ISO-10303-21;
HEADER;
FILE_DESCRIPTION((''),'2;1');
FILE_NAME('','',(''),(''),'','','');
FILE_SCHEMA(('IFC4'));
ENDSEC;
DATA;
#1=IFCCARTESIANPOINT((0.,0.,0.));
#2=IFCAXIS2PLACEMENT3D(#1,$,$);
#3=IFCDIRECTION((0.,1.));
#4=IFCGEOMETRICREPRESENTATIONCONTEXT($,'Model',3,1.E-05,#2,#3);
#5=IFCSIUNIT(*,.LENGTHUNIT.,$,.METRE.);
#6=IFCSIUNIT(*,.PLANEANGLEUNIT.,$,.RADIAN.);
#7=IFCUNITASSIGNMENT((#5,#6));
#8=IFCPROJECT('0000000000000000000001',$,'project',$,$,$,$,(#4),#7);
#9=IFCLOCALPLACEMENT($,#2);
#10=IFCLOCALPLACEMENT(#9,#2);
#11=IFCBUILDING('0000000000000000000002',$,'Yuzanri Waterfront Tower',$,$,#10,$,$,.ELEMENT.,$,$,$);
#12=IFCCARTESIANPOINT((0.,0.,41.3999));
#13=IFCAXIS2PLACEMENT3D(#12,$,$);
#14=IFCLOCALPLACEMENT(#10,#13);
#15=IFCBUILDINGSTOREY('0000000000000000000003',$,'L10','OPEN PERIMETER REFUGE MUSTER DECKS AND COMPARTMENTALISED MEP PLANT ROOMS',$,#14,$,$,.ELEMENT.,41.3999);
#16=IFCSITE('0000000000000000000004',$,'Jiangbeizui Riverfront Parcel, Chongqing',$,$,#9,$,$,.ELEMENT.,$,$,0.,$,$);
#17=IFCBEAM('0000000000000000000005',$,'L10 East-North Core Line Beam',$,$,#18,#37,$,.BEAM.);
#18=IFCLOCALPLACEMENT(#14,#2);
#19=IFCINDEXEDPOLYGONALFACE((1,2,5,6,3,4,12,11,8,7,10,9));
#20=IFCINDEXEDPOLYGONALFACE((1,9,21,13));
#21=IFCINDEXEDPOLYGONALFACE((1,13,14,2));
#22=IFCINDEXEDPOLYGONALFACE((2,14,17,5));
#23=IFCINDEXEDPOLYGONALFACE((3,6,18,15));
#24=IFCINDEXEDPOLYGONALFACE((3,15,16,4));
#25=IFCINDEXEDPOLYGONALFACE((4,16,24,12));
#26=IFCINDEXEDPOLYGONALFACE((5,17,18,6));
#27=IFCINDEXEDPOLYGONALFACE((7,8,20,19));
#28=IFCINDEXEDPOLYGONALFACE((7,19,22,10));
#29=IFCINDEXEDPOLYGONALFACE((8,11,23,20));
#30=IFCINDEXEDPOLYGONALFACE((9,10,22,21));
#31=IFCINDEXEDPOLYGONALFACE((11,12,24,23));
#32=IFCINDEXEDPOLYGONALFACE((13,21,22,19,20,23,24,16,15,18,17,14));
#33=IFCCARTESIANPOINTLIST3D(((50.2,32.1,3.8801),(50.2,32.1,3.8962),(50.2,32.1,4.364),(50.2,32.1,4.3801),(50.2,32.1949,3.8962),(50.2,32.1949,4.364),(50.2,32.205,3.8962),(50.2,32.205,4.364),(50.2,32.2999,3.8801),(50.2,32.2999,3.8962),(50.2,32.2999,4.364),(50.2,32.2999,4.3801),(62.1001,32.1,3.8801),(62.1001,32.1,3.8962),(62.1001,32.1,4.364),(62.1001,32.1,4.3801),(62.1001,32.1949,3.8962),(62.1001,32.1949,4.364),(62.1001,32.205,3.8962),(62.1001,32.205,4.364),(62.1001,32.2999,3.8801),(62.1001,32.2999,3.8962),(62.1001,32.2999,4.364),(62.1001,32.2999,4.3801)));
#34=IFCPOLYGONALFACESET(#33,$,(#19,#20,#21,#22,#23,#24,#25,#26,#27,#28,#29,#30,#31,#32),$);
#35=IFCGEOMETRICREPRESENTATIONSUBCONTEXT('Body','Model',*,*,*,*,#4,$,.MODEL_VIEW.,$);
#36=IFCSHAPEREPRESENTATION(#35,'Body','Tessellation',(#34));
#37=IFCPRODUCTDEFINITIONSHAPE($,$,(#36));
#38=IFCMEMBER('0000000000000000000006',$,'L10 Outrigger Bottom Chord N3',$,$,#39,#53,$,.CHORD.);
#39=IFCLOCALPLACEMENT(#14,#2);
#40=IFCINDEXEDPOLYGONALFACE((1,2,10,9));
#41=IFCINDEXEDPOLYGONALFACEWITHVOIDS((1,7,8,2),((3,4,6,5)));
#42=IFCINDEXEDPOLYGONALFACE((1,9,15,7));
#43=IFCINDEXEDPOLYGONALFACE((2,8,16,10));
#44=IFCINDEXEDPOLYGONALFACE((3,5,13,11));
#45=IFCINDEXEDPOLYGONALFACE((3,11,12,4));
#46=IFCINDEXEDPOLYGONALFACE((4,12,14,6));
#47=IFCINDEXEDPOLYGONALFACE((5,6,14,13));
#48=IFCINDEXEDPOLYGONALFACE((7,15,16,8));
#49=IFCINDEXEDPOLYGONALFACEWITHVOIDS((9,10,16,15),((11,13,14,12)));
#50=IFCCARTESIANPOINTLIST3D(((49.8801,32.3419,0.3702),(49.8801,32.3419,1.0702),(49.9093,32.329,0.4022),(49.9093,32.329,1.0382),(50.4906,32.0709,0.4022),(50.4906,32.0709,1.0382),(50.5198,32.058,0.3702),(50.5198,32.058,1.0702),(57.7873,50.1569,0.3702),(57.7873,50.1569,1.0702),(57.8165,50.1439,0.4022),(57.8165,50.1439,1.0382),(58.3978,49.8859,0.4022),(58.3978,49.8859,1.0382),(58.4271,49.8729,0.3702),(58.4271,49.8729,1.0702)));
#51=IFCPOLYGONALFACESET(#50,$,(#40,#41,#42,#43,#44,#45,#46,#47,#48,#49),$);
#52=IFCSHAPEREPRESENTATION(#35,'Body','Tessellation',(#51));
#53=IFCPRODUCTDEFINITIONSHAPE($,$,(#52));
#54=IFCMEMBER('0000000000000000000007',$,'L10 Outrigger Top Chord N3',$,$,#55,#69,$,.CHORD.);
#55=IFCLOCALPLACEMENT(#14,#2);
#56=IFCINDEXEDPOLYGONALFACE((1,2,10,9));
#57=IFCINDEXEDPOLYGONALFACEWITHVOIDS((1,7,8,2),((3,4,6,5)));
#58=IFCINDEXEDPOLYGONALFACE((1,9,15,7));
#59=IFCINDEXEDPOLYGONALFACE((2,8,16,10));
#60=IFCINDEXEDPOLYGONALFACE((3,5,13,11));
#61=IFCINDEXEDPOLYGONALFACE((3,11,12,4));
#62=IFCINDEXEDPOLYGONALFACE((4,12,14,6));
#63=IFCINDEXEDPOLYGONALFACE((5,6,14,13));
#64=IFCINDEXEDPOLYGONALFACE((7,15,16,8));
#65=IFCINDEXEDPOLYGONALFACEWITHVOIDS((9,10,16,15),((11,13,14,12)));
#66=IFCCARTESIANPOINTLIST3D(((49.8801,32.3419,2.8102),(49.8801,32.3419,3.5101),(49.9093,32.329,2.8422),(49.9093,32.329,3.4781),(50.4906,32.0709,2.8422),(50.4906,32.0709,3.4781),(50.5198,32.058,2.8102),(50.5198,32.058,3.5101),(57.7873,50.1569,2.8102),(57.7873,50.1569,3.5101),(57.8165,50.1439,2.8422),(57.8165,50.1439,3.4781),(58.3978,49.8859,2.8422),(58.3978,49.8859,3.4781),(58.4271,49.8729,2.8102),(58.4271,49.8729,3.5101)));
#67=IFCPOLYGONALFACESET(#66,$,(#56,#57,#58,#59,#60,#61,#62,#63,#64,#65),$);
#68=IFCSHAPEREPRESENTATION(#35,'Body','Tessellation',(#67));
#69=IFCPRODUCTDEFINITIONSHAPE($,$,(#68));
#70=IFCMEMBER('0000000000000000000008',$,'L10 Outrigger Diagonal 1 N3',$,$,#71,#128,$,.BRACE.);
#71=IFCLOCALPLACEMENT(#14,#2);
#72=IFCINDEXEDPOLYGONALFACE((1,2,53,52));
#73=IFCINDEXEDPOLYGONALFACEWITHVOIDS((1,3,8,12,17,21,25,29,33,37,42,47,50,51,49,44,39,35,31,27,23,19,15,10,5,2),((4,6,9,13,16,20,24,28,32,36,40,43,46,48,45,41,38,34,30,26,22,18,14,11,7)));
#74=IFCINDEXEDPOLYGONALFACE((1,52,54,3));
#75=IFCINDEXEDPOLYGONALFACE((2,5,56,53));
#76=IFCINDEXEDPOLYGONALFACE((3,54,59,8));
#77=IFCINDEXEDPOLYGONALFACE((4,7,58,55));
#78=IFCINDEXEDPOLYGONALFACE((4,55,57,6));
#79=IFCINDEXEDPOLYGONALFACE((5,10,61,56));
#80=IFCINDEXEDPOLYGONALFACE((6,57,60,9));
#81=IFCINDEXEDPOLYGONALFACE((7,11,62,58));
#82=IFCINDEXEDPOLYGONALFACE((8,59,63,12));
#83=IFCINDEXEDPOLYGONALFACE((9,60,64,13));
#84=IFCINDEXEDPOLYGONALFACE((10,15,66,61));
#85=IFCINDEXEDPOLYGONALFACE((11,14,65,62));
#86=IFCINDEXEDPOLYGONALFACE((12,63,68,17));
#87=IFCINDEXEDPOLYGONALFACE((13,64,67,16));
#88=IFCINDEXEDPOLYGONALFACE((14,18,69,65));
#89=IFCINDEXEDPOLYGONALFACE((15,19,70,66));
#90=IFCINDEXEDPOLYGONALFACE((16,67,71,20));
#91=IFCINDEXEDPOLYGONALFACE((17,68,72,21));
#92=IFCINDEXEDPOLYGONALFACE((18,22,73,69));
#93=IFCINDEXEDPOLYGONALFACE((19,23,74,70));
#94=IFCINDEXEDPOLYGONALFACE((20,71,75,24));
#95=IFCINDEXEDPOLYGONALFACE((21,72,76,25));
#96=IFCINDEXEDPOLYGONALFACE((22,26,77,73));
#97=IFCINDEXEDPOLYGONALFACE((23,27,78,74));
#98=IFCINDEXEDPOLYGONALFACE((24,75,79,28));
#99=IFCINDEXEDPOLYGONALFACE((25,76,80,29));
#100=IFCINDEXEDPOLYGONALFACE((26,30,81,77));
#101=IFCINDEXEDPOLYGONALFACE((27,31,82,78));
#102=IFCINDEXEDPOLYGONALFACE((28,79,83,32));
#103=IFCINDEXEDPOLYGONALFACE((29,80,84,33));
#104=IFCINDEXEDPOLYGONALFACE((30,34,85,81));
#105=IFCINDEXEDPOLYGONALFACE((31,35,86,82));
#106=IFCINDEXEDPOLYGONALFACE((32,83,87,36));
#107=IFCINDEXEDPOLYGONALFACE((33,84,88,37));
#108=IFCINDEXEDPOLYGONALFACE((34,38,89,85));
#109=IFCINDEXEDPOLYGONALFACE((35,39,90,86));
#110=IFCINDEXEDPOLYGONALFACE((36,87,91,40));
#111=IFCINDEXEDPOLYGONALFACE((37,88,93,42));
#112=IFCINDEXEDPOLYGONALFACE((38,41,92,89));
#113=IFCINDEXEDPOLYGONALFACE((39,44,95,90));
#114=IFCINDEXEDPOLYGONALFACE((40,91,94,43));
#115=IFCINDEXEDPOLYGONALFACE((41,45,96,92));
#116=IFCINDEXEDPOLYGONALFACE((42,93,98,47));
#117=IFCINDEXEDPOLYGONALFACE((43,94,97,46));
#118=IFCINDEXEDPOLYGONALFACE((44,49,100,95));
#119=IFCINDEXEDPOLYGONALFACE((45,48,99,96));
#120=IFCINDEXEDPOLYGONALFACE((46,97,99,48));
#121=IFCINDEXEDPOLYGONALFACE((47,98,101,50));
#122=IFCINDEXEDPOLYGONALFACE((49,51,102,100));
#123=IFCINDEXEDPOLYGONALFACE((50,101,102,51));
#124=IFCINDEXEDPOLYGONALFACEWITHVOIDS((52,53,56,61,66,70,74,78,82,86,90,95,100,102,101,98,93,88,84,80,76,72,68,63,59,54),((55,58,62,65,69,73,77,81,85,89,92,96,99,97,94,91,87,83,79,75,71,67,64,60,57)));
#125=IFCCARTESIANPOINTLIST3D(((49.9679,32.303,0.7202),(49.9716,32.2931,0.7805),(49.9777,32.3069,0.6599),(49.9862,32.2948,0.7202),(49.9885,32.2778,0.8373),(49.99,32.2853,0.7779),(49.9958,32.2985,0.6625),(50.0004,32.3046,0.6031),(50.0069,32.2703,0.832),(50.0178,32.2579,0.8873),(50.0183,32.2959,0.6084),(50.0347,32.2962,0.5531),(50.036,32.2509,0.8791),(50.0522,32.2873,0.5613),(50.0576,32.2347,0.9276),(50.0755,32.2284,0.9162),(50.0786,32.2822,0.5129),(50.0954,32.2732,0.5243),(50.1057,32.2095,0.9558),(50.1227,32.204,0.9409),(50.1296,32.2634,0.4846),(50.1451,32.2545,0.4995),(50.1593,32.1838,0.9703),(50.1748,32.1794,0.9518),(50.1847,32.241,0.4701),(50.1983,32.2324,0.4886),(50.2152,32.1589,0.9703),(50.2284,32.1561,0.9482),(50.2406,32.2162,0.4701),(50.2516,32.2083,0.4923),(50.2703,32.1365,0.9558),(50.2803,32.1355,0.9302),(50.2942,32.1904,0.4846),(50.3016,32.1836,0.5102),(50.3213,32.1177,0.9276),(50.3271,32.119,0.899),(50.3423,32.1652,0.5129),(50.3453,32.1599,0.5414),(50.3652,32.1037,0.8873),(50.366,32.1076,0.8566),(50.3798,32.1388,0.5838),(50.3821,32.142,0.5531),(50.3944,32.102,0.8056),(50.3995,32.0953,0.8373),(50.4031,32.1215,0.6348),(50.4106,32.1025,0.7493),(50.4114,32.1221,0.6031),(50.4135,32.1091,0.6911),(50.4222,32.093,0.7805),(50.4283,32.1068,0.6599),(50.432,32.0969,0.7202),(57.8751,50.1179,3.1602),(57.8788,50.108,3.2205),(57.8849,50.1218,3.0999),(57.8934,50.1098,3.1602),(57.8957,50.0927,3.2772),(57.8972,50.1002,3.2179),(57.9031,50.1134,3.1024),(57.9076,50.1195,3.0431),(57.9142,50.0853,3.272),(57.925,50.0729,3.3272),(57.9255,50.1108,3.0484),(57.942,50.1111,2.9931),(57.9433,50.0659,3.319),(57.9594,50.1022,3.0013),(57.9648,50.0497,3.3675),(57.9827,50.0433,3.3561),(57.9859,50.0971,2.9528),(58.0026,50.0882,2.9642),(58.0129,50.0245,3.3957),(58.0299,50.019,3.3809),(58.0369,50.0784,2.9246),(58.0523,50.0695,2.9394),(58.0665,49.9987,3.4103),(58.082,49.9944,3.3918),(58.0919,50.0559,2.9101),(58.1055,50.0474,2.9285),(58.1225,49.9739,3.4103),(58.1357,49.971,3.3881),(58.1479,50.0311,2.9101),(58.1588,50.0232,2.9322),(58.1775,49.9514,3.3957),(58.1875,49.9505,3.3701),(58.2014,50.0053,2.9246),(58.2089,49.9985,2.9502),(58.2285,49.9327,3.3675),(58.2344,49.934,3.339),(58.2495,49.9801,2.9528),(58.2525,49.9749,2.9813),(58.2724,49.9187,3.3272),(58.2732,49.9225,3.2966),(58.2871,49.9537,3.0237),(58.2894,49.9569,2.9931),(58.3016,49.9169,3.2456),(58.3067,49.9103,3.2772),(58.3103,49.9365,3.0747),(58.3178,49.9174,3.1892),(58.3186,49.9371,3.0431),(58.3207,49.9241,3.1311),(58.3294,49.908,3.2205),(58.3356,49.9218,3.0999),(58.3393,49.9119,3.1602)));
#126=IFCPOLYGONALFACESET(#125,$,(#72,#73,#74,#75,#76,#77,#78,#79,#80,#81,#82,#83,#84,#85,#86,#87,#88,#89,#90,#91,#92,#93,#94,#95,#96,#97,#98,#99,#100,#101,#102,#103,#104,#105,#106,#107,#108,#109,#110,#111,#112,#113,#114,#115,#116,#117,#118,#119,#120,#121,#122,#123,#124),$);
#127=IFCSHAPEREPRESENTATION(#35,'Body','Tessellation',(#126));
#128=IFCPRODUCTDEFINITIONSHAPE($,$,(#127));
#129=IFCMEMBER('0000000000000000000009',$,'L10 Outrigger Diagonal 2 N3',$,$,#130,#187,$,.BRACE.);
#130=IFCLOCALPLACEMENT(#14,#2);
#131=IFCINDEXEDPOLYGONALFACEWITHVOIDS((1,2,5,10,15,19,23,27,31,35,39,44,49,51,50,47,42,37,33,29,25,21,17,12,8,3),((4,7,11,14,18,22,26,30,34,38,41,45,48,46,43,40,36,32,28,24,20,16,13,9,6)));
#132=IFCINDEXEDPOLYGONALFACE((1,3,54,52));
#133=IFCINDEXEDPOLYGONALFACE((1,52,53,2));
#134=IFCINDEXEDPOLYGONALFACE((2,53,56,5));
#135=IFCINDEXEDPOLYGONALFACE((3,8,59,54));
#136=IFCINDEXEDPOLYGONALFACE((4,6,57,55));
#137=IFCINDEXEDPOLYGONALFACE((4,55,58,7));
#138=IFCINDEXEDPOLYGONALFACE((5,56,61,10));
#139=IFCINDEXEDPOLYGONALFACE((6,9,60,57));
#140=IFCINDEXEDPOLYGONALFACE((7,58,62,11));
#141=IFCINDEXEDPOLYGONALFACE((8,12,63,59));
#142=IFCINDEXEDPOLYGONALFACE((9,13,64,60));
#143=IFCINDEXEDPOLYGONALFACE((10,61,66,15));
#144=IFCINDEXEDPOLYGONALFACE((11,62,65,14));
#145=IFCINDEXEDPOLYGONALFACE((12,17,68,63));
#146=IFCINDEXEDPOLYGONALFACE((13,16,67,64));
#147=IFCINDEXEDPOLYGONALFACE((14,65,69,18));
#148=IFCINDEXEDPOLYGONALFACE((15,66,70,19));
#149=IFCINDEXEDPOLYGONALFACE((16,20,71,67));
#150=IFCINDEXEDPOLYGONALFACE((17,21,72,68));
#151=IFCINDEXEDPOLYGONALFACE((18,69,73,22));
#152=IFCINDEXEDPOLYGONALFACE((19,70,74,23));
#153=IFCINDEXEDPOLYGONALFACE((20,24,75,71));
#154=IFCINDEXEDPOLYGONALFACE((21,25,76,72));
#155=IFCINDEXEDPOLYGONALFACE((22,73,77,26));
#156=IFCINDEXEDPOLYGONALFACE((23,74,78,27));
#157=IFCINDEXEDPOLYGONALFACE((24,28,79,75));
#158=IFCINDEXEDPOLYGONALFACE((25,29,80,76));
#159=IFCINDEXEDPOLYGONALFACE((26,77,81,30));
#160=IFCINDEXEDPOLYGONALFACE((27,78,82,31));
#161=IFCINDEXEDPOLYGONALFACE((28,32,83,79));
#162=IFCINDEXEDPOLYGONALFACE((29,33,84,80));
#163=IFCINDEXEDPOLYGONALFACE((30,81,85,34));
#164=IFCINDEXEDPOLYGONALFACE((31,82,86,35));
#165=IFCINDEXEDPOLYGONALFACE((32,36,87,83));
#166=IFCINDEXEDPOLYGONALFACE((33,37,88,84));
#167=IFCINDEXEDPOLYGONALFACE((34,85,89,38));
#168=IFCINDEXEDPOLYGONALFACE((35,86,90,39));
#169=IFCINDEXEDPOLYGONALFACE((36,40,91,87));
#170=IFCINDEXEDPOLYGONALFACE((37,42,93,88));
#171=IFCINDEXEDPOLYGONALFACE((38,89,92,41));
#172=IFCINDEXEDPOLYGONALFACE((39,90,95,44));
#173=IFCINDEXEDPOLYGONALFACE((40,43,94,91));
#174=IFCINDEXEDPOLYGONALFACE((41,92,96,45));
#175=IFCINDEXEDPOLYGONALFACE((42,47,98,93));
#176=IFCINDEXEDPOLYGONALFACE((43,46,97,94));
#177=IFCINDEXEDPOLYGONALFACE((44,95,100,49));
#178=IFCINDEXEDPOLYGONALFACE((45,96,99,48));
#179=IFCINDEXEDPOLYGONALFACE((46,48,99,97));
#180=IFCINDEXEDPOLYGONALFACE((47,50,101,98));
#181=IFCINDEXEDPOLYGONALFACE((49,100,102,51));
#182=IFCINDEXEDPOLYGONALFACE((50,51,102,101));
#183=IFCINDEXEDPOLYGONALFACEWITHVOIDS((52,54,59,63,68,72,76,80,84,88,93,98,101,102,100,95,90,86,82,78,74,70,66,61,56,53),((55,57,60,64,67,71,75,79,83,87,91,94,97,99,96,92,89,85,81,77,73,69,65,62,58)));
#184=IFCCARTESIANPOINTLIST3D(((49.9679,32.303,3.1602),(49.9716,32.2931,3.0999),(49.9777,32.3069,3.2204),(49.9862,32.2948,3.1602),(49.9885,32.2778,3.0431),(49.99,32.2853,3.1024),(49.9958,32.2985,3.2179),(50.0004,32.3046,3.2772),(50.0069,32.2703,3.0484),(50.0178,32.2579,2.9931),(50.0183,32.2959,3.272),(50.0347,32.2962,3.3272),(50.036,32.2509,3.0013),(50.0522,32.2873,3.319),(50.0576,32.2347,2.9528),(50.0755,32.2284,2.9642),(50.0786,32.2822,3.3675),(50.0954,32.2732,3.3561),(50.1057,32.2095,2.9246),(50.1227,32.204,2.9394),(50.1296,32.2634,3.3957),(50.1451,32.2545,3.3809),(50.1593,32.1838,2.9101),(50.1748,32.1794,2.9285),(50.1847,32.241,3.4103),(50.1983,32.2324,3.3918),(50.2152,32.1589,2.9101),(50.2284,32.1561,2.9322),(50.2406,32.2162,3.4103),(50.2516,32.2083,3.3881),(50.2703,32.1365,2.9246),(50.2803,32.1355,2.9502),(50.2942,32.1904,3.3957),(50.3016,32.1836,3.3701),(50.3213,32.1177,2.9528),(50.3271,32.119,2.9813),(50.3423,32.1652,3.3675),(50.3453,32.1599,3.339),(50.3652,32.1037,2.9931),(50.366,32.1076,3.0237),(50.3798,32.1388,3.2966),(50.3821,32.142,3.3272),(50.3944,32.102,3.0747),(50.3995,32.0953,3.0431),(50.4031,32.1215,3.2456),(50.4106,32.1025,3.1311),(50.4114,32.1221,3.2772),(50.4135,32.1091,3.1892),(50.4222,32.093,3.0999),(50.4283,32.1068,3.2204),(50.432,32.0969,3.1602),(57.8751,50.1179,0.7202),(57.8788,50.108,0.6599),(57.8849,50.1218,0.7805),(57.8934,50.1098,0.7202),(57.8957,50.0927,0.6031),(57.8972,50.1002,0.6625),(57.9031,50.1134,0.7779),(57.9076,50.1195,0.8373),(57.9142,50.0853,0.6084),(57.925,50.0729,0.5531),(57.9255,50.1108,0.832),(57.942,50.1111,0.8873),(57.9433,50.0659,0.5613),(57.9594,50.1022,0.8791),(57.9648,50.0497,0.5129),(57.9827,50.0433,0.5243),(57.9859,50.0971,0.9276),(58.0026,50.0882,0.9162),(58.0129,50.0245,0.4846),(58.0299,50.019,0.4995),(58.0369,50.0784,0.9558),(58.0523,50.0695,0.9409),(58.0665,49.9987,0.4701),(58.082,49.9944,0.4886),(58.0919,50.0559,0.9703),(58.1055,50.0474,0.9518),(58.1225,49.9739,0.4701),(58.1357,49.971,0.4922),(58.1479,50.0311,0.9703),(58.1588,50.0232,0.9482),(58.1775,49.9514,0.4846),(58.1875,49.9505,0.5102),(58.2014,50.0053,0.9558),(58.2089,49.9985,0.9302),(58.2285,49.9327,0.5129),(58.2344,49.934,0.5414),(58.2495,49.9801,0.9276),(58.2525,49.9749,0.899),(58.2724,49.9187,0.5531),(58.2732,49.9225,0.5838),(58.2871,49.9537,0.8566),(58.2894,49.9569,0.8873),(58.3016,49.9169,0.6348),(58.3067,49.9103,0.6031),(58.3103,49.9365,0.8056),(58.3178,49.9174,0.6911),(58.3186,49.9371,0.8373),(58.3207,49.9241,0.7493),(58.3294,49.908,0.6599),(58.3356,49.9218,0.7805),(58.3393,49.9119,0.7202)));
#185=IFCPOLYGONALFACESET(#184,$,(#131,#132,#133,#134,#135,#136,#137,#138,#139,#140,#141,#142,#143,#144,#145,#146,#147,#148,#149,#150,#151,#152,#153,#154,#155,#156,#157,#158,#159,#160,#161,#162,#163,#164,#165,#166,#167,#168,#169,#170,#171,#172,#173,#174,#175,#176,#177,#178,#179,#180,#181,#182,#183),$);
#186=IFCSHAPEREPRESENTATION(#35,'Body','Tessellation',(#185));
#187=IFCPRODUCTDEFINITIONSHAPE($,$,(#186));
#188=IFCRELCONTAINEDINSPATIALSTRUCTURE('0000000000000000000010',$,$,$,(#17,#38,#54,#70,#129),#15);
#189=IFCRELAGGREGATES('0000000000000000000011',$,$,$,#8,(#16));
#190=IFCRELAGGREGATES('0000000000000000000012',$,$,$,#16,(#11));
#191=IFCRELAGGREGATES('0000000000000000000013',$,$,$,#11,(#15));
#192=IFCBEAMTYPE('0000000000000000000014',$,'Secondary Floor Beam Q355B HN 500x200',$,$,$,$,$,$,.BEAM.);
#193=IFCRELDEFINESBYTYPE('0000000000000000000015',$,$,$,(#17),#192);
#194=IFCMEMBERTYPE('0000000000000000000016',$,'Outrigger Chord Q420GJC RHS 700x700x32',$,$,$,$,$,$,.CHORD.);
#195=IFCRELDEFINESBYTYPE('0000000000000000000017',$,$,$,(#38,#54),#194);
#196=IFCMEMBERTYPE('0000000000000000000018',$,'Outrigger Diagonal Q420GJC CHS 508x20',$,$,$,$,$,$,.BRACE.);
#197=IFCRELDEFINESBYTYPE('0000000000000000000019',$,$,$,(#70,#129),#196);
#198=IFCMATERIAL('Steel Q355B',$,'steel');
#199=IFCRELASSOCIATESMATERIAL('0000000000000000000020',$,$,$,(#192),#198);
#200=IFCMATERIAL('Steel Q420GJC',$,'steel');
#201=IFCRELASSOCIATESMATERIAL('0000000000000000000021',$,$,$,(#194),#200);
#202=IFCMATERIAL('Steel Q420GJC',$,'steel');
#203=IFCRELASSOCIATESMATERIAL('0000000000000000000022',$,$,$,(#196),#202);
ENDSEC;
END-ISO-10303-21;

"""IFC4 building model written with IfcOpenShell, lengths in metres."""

from ifc_helpers import new_model, si_unit, direction, frame, origin, origin_2d, place, context, subcontext, project, spatial, hollow_rectangle, hollow_circle, i_section, extrude, source, transform, mapped, material, material_profile, profile_set, type_object, element, save


model = new_model("IFC4")

# Units and contexts
model_context = context("Model", 3, precision=1e-05, world=origin(), true_north=direction((0.0, 1.0)))
body_context = subcontext(model_context, "Body", "Model", "MODEL_VIEW")
ifc_project = project(units=[si_unit("LENGTHUNIT", "METRE"), si_unit("PLANEANGLEUNIT", "RADIAN")], contexts=[model_context])

# Site, building, storey
site_placement = place(None, origin())
site = spatial("IfcSite", under=ifc_project, at=site_placement, Name="Jiangbeizui Riverfront Parcel, Chongqing", CompositionType="ELEMENT", RefElevation=0.0)
building_placement = place(site_placement, origin())
building = spatial("IfcBuilding", under=site, at=building_placement, Name="Yuzanri Waterfront Tower", CompositionType="ELEMENT")
storey_placement = place(building_placement, frame((0.0, 0.0, 41.3999)))
storey = spatial("IfcBuildingStorey", under=building, at=storey_placement, Name="L10", Description="OPEN PERIMETER REFUGE MUSTER DECKS AND COMPARTMENTALISED MEP PLANT ROOMS", CompositionType="ELEMENT", Elevation=41.3999)

# Beam
ifc_material_1 = material(Name="Steel Q355B", Category="steel")
ifc_material_profile_1 = material_profile(ifc_material_1, i_section(OverallWidth=0.2, OverallDepth=0.5, WebThickness=0.01, FlangeThickness=0.0161, at=origin_2d()), Name="HN 500x200x10x16")
ifc_profile_set_1 = profile_set([ifc_material_profile_1], Name="Steel Q355B")
beam_type_1 = type_object("IfcBeamType", Name="Secondary Floor Beam Q355B HN 500x200", PredefinedType="BEAM", material=ifc_profile_set_1)
shared_shape_1 = source(origin(), body_context, "Body", "SweptSolid", [
    extrude(i_section(OverallWidth=0.2, OverallDepth=0.5, WebThickness=0.01, FlangeThickness=0.0161, at=origin_2d()), origin(), (0.0, 0.0, 1.0), 11.9001),
])
beam_1_placement = place(storey_placement, frame((50.2, 32.2, 4.1301), z_axis=(1.0, 0.0, 0.0), x_axis=(0.0, 1.0, 0.0)))
element("IfcBeam", 1, at=beam_1_placement, inside=storey, type_object=beam_type_1, Name="L10 East-North Core Line Beam", PredefinedType="BEAM", context=body_context, shape_type="MappedRepresentation", body=[
    mapped(shared_shape_1, transform((0.0, 0.0, 0.0), scale=1.0)),
])

# Members
ifc_material_2 = material(Name="Steel Q420GJC", Category="steel")
ifc_material_profile_2 = material_profile(ifc_material_2, hollow_rectangle(XDim=0.7, YDim=0.7, WallThickness=0.032, at=origin_2d()), Name="RHS 700x700x32")
ifc_profile_set_2 = profile_set([ifc_material_profile_2], Name="Steel Q420GJC")
member_type_1 = type_object("IfcMemberType", Name="Outrigger Chord Q420GJC RHS 700x700x32", PredefinedType="CHORD", material=ifc_profile_set_2)
shared_shape_2 = source(origin(), body_context, "Body", "SweptSolid", [
    extrude(hollow_rectangle(XDim=0.7, YDim=0.7, WallThickness=0.032, at=origin_2d()), origin(), (0.0, 0.0, 1.0), 19.491),
])
for number, where, z_axis, x_axis, name in (
    (2, (50.2, 32.2, 0.7202), (0.405687, 0.914012, 0.0), (-0.914012, 0.405687, 0.0), "L10 Outrigger Bottom Chord N3"),
    (3, (50.2, 32.2, 3.1602), (0.405687, 0.914012, 0.0), (-0.914012, 0.405687, 0.0), "L10 Outrigger Top Chord N3"),
):
    element("IfcMember", number, at=place(storey_placement, frame(where, z_axis=z_axis, x_axis=x_axis)), inside=storey, type_object=member_type_1, Name=name, PredefinedType="CHORD", context=body_context, shape_type="MappedRepresentation", body=[
        mapped(shared_shape_2, transform((0.0, 0.0, 0.0), scale=1.0)),
    ])
ifc_material_3 = material(Name="Steel Q420GJC", Category="steel")
ifc_material_profile_3 = material_profile(ifc_material_3, hollow_circle(Radius=0.2539, WallThickness=0.02, at=origin_2d()), Name="CHS 508x20")
ifc_profile_set_3 = profile_set([ifc_material_profile_3], Name="Steel Q420GJC")
member_type_2 = type_object("IfcMemberType", Name="Outrigger Diagonal Q420GJC CHS 508x20", PredefinedType="BRACE", material=ifc_profile_set_3)
shared_shape_3 = source(origin(), body_context, "Body", "SweptSolid", [
    extrude(hollow_circle(Radius=0.2539, WallThickness=0.02, at=origin_2d()), origin(), (0.0, 0.0, 1.0), 19.6431),
])
for number, where, z_axis, x_axis, name in (
    (4, (50.2, 32.2, 0.7202), (0.402546, 0.906933, 0.124214), (-0.914012, 0.405687, 0.0), "L10 Outrigger Diagonal 1 N3"),
    (5, (50.2, 32.2, 3.1602), (0.402546, 0.906933, -0.124214), (-0.914012, 0.405687, 0.0), "L10 Outrigger Diagonal 2 N3"),
):
    element("IfcMember", number, at=place(storey_placement, frame(where, z_axis=z_axis, x_axis=x_axis)), inside=storey, type_object=member_type_2, Name=name, PredefinedType="BRACE", context=body_context, shape_type="MappedRepresentation", body=[
        mapped(shared_shape_3, transform((0.0, 0.0, 0.0), scale=1.0)),
    ])

save(model, "model.ifc")
